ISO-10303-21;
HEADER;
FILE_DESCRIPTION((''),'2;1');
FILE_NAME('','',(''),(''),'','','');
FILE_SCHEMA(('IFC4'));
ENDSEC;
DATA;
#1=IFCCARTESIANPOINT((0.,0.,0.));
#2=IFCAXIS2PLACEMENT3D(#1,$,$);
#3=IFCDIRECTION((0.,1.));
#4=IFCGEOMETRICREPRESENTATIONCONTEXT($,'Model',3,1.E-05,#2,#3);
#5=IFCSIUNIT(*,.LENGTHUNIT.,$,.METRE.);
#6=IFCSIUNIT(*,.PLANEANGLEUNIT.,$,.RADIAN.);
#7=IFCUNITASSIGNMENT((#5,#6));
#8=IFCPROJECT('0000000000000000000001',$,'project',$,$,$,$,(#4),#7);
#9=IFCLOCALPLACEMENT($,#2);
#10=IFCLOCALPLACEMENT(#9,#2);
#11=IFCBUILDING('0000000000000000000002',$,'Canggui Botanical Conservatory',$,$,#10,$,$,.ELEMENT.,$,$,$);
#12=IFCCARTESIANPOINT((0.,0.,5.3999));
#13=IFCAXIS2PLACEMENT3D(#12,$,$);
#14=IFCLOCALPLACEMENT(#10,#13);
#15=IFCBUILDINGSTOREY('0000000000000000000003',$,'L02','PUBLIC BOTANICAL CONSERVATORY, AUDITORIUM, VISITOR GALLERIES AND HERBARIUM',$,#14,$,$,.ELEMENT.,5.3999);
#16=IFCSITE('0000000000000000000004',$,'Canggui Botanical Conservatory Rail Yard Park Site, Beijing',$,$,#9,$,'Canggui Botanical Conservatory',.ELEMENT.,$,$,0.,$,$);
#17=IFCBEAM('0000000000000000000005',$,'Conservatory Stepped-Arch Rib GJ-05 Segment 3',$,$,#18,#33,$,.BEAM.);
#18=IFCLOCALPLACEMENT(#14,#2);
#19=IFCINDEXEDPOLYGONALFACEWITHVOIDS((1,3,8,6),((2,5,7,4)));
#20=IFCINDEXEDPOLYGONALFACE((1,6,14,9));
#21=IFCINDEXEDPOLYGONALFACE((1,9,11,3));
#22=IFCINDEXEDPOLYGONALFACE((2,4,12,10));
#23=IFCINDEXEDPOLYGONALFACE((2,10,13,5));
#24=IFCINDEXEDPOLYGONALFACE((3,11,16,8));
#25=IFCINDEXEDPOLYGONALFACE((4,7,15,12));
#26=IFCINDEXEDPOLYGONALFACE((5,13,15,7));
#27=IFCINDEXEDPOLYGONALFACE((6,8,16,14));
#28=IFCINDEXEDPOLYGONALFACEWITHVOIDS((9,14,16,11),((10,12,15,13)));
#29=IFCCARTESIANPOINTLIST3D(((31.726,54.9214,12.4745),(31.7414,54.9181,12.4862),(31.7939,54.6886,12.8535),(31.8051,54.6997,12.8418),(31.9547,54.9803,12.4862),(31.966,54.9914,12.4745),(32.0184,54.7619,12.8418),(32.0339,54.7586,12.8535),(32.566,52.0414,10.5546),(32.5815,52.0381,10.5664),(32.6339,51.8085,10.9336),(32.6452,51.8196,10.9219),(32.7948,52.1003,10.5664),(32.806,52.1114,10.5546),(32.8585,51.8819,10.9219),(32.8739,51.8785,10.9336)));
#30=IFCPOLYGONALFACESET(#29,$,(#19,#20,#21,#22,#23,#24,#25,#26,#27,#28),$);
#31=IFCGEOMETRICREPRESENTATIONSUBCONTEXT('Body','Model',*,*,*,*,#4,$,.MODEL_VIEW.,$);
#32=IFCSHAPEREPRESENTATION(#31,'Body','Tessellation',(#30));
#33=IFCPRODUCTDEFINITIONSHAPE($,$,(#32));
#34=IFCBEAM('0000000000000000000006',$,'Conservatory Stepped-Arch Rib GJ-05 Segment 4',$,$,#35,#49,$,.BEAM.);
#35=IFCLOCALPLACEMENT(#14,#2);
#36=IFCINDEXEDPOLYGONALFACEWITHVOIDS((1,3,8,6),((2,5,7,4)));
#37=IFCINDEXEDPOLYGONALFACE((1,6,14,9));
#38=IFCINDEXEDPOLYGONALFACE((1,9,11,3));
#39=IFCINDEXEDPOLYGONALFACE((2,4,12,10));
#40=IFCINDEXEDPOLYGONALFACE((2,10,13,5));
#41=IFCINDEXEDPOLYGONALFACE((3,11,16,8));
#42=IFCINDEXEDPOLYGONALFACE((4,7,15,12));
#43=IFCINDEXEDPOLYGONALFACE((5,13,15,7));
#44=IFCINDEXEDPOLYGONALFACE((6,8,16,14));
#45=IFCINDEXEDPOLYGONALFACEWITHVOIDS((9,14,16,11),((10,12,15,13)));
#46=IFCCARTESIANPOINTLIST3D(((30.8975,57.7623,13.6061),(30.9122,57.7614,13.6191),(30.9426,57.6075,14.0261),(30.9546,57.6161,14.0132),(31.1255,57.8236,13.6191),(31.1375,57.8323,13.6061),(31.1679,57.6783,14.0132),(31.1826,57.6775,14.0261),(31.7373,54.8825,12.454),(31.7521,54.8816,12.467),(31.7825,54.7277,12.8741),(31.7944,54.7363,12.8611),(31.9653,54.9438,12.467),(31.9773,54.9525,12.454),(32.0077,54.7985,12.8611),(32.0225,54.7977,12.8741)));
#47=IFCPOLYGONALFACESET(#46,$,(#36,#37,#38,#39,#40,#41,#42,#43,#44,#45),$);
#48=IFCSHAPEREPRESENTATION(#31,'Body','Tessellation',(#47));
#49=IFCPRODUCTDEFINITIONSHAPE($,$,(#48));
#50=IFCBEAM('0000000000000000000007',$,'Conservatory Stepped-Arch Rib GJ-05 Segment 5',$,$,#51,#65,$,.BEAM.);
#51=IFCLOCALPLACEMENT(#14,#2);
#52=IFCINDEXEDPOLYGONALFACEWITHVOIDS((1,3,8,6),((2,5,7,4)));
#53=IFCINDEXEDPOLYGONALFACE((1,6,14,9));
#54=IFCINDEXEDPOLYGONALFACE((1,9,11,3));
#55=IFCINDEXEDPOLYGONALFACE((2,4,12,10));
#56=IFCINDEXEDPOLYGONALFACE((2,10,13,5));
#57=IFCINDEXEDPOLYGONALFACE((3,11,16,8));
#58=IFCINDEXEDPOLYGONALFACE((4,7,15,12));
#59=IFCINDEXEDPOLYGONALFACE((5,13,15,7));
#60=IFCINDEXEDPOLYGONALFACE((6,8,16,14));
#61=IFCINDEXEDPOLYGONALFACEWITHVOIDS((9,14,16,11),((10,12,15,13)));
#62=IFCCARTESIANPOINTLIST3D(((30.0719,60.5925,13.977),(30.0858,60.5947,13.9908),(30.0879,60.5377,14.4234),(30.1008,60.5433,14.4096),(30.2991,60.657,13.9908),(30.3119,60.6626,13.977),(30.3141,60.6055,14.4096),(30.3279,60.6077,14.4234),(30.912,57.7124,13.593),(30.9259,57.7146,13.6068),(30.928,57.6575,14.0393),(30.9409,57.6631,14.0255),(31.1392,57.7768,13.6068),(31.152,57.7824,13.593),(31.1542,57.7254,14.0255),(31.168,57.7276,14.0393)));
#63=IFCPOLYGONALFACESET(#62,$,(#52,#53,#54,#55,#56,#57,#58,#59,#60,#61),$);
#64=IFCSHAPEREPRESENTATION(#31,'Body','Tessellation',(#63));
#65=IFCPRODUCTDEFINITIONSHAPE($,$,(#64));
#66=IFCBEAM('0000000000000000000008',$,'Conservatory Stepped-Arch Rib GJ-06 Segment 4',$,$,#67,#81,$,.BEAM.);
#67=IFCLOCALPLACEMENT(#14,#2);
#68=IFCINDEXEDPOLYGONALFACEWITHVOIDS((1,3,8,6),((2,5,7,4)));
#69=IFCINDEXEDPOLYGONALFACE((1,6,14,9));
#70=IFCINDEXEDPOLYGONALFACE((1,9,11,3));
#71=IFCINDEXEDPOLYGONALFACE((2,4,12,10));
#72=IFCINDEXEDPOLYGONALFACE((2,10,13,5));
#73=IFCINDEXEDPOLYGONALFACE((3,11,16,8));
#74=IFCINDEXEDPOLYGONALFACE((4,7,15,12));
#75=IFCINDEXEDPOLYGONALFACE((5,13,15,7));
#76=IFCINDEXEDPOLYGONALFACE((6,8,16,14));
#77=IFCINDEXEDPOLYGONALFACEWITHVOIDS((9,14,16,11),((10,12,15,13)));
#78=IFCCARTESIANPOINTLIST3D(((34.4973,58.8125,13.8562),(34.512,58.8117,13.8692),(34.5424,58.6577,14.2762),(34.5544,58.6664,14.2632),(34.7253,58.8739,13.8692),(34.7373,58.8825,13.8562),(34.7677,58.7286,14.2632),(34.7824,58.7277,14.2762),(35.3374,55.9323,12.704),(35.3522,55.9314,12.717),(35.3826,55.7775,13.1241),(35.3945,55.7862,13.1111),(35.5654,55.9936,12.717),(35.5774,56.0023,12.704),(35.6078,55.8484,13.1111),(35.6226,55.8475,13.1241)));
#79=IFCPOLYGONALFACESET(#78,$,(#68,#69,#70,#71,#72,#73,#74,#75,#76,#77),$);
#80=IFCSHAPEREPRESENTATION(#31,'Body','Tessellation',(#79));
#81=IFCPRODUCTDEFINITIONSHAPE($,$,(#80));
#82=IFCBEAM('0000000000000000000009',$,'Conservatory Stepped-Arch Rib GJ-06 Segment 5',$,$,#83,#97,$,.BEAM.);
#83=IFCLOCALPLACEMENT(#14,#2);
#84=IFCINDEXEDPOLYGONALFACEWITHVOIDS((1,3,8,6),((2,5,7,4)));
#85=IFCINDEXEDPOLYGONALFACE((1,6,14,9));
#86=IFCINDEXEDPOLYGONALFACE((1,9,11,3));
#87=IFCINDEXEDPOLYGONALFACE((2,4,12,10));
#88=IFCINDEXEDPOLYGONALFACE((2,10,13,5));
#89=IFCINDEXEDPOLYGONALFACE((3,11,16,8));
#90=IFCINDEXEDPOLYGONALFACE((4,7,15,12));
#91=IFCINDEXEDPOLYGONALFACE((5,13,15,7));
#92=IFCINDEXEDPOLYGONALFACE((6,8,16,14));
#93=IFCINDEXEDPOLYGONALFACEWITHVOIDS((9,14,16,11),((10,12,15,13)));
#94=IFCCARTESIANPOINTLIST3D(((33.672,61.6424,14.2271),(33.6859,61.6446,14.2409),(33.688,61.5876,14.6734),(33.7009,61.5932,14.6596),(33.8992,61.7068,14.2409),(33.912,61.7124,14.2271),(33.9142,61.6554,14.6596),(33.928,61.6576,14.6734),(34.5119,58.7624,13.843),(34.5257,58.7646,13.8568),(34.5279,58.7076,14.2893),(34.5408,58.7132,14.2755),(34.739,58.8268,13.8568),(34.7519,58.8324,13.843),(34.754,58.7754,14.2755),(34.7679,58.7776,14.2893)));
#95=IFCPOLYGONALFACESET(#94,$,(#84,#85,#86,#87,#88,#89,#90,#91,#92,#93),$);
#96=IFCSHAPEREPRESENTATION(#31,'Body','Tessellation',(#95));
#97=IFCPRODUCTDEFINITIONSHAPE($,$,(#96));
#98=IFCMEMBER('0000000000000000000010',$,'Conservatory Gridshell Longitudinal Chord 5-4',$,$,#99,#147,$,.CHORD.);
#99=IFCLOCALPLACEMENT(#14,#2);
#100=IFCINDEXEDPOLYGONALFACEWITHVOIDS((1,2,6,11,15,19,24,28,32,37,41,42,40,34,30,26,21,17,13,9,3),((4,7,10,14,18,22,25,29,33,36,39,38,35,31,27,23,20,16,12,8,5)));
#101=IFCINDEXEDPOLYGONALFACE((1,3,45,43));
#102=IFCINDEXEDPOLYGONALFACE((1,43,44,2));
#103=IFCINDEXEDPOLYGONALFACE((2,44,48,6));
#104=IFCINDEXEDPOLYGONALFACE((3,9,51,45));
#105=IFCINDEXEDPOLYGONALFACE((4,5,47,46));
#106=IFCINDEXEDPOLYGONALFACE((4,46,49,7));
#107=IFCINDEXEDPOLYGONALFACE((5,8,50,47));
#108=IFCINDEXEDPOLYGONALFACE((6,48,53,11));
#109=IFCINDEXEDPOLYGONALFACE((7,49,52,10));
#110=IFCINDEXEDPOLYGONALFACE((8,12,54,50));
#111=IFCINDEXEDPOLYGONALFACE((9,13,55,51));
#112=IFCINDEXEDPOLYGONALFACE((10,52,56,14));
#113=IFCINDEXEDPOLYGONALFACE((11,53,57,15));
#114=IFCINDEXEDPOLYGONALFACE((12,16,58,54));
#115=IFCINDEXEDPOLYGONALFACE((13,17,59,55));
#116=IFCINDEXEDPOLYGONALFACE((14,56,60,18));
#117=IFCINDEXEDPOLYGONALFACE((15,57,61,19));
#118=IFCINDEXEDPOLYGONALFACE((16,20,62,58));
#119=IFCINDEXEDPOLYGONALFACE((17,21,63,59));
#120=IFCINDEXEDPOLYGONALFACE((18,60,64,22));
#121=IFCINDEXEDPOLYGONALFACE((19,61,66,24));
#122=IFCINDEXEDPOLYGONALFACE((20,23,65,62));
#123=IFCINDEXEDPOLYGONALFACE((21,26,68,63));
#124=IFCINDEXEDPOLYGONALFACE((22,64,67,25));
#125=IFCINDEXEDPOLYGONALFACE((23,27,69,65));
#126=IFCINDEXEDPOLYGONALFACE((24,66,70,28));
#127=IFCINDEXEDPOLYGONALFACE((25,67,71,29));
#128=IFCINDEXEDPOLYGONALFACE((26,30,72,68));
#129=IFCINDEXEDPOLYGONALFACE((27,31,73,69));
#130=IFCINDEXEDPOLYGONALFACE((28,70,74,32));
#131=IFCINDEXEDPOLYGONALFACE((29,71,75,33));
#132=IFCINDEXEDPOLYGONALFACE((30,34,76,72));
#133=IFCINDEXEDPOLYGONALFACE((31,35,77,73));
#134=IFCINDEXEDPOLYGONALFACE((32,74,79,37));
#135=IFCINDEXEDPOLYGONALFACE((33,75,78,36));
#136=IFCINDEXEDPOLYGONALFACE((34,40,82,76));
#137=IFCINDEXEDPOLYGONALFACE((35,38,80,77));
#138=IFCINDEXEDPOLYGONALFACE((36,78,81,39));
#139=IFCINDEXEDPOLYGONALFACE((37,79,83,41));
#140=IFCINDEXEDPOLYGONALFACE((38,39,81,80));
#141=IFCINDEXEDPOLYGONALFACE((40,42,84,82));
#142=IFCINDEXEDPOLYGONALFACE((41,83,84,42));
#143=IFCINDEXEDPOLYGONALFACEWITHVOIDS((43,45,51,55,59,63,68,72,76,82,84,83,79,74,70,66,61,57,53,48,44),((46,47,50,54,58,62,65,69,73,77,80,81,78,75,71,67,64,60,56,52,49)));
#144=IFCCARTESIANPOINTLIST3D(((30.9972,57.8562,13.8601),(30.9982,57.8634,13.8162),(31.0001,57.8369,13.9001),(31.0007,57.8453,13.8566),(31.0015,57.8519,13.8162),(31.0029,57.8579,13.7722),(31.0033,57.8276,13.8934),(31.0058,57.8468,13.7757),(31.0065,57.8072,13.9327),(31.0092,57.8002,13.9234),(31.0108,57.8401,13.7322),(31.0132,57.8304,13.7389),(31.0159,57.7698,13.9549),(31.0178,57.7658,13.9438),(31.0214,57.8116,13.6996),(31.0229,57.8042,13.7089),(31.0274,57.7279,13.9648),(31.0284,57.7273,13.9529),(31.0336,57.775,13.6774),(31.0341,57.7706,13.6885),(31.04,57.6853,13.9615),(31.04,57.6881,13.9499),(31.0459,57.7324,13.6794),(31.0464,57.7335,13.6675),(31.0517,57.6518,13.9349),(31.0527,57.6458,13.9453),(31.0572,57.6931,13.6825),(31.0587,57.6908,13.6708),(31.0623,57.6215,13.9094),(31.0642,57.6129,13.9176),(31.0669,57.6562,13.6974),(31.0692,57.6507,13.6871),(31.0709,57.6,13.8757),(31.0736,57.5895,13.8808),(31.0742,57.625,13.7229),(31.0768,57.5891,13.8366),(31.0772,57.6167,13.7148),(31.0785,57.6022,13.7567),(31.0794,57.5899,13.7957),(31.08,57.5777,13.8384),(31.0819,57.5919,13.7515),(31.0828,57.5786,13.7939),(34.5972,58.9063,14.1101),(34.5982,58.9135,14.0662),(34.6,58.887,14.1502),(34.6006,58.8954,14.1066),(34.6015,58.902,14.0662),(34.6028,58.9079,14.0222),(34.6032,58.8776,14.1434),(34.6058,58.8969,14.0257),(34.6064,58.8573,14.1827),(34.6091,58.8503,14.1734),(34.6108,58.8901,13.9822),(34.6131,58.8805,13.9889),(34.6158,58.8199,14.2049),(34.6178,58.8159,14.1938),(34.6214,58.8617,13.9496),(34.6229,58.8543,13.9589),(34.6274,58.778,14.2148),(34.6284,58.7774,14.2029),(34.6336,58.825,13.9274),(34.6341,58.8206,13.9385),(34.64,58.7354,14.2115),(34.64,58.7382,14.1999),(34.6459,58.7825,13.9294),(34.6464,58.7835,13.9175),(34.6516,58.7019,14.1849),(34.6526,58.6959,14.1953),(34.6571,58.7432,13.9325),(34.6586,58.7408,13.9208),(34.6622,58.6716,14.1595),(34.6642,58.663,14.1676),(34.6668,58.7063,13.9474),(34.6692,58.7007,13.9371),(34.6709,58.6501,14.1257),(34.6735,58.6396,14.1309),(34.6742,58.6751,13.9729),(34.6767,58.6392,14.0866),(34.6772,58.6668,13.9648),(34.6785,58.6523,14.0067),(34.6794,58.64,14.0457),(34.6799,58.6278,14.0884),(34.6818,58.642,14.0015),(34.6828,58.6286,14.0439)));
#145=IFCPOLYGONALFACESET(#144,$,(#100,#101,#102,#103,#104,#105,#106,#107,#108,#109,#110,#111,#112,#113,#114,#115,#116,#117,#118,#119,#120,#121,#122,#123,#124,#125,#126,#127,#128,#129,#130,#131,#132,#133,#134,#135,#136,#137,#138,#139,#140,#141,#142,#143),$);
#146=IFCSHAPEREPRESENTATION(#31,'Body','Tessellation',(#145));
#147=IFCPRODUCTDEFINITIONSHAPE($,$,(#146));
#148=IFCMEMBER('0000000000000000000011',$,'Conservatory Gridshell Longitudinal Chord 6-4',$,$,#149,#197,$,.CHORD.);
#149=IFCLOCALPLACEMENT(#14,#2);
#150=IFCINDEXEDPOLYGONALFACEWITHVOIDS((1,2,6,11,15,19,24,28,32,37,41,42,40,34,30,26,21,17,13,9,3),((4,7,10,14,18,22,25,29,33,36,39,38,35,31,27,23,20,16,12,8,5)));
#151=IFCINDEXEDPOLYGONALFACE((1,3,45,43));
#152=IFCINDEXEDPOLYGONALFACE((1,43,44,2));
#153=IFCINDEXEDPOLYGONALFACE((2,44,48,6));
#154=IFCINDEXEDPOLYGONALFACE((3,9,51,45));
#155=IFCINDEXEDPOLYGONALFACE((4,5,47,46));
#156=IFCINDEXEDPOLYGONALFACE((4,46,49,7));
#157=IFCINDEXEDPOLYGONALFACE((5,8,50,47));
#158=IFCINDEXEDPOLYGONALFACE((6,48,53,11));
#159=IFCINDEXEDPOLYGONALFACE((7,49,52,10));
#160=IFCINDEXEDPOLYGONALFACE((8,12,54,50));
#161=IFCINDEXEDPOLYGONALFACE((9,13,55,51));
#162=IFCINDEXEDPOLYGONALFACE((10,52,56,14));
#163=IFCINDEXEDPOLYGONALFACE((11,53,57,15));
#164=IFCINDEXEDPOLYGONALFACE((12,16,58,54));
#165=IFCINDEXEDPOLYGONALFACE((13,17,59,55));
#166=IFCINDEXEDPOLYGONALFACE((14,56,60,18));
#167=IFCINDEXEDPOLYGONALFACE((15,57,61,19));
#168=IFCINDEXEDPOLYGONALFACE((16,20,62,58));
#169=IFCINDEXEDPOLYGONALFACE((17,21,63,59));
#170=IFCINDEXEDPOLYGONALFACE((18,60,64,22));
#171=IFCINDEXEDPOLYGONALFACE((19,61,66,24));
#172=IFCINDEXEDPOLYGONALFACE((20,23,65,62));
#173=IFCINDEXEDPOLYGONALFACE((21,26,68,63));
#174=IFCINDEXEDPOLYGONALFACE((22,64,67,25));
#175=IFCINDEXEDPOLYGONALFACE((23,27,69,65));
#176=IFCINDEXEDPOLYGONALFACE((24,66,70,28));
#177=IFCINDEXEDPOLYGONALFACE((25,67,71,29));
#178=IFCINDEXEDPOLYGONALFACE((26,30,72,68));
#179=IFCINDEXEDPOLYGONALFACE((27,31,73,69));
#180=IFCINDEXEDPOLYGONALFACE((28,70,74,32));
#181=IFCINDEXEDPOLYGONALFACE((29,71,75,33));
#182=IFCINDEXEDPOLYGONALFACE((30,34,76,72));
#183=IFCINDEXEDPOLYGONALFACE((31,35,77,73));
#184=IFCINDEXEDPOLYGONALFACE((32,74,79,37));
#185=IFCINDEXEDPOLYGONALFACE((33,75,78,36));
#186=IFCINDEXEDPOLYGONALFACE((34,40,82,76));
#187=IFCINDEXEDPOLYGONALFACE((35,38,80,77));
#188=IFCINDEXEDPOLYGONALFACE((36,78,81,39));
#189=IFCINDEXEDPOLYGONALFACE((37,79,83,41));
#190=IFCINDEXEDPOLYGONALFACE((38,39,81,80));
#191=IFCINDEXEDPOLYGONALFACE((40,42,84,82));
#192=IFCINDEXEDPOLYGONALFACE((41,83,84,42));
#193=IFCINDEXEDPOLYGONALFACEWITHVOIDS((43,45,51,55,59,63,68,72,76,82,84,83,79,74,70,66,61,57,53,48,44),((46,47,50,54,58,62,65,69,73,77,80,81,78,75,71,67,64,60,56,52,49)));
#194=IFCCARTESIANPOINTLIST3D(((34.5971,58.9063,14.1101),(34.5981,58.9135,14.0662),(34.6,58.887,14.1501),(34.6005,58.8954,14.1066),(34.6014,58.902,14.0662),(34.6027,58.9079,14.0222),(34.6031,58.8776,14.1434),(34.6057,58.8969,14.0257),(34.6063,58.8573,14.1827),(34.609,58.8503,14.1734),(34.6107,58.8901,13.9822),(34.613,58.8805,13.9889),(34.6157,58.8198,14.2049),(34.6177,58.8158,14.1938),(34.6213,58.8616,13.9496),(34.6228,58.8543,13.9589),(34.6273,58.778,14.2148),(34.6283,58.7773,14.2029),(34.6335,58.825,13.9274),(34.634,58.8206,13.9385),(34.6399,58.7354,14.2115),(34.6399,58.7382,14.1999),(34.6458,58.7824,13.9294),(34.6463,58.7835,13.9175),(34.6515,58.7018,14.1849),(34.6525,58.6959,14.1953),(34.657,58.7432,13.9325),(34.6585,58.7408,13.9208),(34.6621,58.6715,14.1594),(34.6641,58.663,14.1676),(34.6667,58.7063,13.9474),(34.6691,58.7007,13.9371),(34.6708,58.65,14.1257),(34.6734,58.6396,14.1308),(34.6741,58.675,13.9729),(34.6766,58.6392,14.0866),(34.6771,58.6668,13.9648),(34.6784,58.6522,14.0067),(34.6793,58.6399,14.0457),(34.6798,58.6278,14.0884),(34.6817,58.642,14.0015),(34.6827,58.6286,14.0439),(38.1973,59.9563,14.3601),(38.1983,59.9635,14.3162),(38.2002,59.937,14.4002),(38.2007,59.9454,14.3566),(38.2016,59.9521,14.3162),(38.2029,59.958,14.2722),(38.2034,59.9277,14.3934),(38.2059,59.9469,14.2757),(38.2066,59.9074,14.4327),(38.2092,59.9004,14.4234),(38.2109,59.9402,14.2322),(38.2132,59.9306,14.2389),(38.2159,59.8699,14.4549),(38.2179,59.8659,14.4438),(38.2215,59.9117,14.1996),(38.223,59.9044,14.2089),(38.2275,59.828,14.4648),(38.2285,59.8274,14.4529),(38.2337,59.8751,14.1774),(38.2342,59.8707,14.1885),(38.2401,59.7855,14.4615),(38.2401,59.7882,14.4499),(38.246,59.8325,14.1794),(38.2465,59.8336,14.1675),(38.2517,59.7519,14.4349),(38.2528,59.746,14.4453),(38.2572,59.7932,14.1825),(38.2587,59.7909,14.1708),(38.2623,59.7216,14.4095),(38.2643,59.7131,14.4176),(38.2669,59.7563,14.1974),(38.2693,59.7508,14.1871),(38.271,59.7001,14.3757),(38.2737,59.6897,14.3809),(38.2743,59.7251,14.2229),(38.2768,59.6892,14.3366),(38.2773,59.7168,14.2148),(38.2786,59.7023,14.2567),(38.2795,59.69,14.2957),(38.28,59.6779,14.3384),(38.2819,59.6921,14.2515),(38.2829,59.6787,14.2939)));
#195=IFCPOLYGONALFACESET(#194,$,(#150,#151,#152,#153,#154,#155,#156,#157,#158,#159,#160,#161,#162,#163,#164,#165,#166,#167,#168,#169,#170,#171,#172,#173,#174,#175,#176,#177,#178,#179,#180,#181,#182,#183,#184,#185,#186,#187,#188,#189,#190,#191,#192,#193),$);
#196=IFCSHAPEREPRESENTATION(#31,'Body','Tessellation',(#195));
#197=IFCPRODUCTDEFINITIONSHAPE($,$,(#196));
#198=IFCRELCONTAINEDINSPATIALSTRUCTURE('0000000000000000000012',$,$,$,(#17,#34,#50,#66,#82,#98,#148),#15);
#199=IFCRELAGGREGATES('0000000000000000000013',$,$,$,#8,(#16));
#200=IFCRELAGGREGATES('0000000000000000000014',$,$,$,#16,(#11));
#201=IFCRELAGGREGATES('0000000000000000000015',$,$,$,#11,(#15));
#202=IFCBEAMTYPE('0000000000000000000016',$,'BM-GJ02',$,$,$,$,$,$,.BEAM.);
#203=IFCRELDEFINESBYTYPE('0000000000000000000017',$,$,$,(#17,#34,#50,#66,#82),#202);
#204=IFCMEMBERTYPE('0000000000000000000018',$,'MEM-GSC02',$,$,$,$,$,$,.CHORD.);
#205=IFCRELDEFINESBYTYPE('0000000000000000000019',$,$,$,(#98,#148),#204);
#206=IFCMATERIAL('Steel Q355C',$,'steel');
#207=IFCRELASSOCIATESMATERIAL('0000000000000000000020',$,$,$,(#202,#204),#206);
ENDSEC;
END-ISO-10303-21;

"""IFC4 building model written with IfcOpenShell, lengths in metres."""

from ifc_helpers import new_model, si_unit, direction, frame, origin, origin_2d, place, context, subcontext, project, spatial, hollow_rectangle, hollow_circle, extrude, material, material_profile, profile_set, type_object, element, save


model = new_model("IFC4")

# Units and contexts
model_context = context("Model", 3, precision=1e-05, world=origin(), true_north=direction((0.0, 1.0)))
body_context = subcontext(model_context, "Body", "Model", "MODEL_VIEW")
ifc_project = project(units=[si_unit("LENGTHUNIT", "METRE"), si_unit("PLANEANGLEUNIT", "RADIAN")], contexts=[model_context])

# Site, building, storey
site_placement = place(None, origin())
site = spatial("IfcSite", under=ifc_project, at=site_placement, Name="Canggui Botanical Conservatory Rail Yard Park Site, Beijing", LongName="Canggui Botanical Conservatory", CompositionType="ELEMENT", RefElevation=0.0)
building_placement = place(site_placement, origin())
building = spatial("IfcBuilding", under=site, at=building_placement, Name="Canggui Botanical Conservatory", CompositionType="ELEMENT")
storey_placement = place(building_placement, frame((0.0, 0.0, 5.3999)))
storey = spatial("IfcBuildingStorey", under=building, at=storey_placement, Name="L02", Description="PUBLIC BOTANICAL CONSERVATORY, AUDITORIUM, VISITOR GALLERIES AND HERBARIUM", CompositionType="ELEMENT", Elevation=5.3999)

# Beams
ifc_material_1 = material(Name="Steel Q355C", Category="steel")
ifc_material_profile_1 = material_profile(ifc_material_1, hollow_rectangle(XDim=0.25, YDim=0.45, WallThickness=0.0139, at=origin_2d()), Name="RHS 250x450x14")
ifc_profile_set_1 = profile_set([ifc_material_profile_1], Name="Steel Q355C")
beam_type = type_object("IfcBeamType", Name="BM-GJ02", PredefinedType="BEAM", material=ifc_profile_set_1)
beam_1_placement = place(storey_placement, frame((32.72, 51.96, 10.7441), z_axis=(-0.235855, 0.808598, 0.539019), x_axis=(-0.959995, -0.280016, 0.0)))
element("IfcBeam", 1, at=beam_1_placement, inside=storey, type_object=beam_type, Name="Conservatory Stepped-Arch Rib GJ-05 Segment 3", PredefinedType="BEAM", context=body_context, shape_type="SweptSolid", body=[
    extrude(hollow_rectangle(XDim=0.25, YDim=0.45, WallThickness=0.0139, at=origin_2d()), origin(), (0.0, 0.0, 1.0), 3.5618),
])
beam_2_placement = place(storey_placement, frame((31.8799, 54.8401, 12.6641), z_axis=(-0.261351, 0.896191, 0.358522), x_axis=(-0.960011, -0.279962, 0.0)))
element("IfcBeam", 2, at=beam_2_placement, inside=storey, type_object=beam_type, Name="Conservatory Stepped-Arch Rib GJ-05 Segment 4", PredefinedType="BEAM", context=body_context, shape_type="SweptSolid", body=[
    extrude(hollow_rectangle(XDim=0.25, YDim=0.45, WallThickness=0.0139, at=origin_2d()), origin(), (0.0, 0.0, 1.0), 3.2134),
])
beam_3_placement = place(storey_placement, frame((31.04, 57.72, 13.8162), z_axis=(-0.277749, 0.952226, 0.126969), x_axis=(-0.959995, -0.280016, 0.0)))
element("IfcBeam", 3, at=beam_3_placement, inside=storey, type_object=beam_type, Name="Conservatory Stepped-Arch Rib GJ-05 Segment 5", PredefinedType="BEAM", context=body_context, shape_type="SweptSolid", body=[
    extrude(hollow_rectangle(XDim=0.25, YDim=0.45, WallThickness=0.0139, at=origin_2d()), origin(), (0.0, 0.0, 1.0), 3.0247),
])
beam_4_placement = place(storey_placement, frame((35.48, 55.8899, 12.9141), z_axis=(-0.261404, 0.896188, 0.35849), x_axis=(-0.959995, -0.280016, 0.0)))
element("IfcBeam", 4, at=beam_4_placement, inside=storey, type_object=beam_type, Name="Conservatory Stepped-Arch Rib GJ-06 Segment 4", PredefinedType="BEAM", context=body_context, shape_type="SweptSolid", body=[
    extrude(hollow_rectangle(XDim=0.25, YDim=0.45, WallThickness=0.0139, at=origin_2d()), origin(), (0.0, 0.0, 1.0), 3.2139),
])
beam_5_placement = place(storey_placement, frame((34.6399, 58.77, 14.0662), z_axis=(-0.277696, 0.95224, 0.126981), x_axis=(-0.960011, -0.279962, 0.0)))
element("IfcBeam", 5, at=beam_5_placement, inside=storey, type_object=beam_type, Name="Conservatory Stepped-Arch Rib GJ-06 Segment 5", PredefinedType="BEAM", context=body_context, shape_type="SweptSolid", body=[
    extrude(hollow_rectangle(XDim=0.25, YDim=0.45, WallThickness=0.0139, at=origin_2d()), origin(), (0.0, 0.0, 1.0), 3.0244),
])

# Members
ifc_material_profile_2 = material_profile(ifc_material_1, hollow_circle(Radius=0.1494, WallThickness=0.012, at=origin_2d()), Name="CHS 299x12")
ifc_profile_set_2 = profile_set([ifc_material_profile_2], Name="Steel Q355C")
member_type_1 = type_object("IfcMemberType", Name="MEM-GSC02", PredefinedType="CHORD", material=ifc_profile_set_2)
member_1_placement = place(storey_placement, frame((31.04, 57.72, 13.8162), z_axis=(0.957867, 0.279402, 0.066521), x_axis=(-0.280023, 0.959993, 0.0)))
element("IfcMember", 6, at=member_1_placement, inside=storey, type_object=member_type_1, Name="Conservatory Gridshell Longitudinal Chord 5-4", PredefinedType="CHORD", context=body_context, shape_type="SweptSolid", body=[
    extrude(hollow_circle(Radius=0.1494, WallThickness=0.012, at=origin_2d()), origin(), (0.0, 0.0, 1.0), 3.7583),
])
member_2_placement = place(storey_placement, frame((34.6399, 58.77, 14.0662), z_axis=(0.957872, 0.279385, 0.066517), x_axis=(-0.280005, 0.959999, 0.0)))
element("IfcMember", 7, at=member_2_placement, inside=storey, type_object=member_type_1, Name="Conservatory Gridshell Longitudinal Chord 6-4", PredefinedType="CHORD", context=body_context, shape_type="SweptSolid", body=[
    extrude(hollow_circle(Radius=0.1494, WallThickness=0.012, at=origin_2d()), origin(), (0.0, 0.0, 1.0), 3.7585),
])

save(model, "model.ifc")
